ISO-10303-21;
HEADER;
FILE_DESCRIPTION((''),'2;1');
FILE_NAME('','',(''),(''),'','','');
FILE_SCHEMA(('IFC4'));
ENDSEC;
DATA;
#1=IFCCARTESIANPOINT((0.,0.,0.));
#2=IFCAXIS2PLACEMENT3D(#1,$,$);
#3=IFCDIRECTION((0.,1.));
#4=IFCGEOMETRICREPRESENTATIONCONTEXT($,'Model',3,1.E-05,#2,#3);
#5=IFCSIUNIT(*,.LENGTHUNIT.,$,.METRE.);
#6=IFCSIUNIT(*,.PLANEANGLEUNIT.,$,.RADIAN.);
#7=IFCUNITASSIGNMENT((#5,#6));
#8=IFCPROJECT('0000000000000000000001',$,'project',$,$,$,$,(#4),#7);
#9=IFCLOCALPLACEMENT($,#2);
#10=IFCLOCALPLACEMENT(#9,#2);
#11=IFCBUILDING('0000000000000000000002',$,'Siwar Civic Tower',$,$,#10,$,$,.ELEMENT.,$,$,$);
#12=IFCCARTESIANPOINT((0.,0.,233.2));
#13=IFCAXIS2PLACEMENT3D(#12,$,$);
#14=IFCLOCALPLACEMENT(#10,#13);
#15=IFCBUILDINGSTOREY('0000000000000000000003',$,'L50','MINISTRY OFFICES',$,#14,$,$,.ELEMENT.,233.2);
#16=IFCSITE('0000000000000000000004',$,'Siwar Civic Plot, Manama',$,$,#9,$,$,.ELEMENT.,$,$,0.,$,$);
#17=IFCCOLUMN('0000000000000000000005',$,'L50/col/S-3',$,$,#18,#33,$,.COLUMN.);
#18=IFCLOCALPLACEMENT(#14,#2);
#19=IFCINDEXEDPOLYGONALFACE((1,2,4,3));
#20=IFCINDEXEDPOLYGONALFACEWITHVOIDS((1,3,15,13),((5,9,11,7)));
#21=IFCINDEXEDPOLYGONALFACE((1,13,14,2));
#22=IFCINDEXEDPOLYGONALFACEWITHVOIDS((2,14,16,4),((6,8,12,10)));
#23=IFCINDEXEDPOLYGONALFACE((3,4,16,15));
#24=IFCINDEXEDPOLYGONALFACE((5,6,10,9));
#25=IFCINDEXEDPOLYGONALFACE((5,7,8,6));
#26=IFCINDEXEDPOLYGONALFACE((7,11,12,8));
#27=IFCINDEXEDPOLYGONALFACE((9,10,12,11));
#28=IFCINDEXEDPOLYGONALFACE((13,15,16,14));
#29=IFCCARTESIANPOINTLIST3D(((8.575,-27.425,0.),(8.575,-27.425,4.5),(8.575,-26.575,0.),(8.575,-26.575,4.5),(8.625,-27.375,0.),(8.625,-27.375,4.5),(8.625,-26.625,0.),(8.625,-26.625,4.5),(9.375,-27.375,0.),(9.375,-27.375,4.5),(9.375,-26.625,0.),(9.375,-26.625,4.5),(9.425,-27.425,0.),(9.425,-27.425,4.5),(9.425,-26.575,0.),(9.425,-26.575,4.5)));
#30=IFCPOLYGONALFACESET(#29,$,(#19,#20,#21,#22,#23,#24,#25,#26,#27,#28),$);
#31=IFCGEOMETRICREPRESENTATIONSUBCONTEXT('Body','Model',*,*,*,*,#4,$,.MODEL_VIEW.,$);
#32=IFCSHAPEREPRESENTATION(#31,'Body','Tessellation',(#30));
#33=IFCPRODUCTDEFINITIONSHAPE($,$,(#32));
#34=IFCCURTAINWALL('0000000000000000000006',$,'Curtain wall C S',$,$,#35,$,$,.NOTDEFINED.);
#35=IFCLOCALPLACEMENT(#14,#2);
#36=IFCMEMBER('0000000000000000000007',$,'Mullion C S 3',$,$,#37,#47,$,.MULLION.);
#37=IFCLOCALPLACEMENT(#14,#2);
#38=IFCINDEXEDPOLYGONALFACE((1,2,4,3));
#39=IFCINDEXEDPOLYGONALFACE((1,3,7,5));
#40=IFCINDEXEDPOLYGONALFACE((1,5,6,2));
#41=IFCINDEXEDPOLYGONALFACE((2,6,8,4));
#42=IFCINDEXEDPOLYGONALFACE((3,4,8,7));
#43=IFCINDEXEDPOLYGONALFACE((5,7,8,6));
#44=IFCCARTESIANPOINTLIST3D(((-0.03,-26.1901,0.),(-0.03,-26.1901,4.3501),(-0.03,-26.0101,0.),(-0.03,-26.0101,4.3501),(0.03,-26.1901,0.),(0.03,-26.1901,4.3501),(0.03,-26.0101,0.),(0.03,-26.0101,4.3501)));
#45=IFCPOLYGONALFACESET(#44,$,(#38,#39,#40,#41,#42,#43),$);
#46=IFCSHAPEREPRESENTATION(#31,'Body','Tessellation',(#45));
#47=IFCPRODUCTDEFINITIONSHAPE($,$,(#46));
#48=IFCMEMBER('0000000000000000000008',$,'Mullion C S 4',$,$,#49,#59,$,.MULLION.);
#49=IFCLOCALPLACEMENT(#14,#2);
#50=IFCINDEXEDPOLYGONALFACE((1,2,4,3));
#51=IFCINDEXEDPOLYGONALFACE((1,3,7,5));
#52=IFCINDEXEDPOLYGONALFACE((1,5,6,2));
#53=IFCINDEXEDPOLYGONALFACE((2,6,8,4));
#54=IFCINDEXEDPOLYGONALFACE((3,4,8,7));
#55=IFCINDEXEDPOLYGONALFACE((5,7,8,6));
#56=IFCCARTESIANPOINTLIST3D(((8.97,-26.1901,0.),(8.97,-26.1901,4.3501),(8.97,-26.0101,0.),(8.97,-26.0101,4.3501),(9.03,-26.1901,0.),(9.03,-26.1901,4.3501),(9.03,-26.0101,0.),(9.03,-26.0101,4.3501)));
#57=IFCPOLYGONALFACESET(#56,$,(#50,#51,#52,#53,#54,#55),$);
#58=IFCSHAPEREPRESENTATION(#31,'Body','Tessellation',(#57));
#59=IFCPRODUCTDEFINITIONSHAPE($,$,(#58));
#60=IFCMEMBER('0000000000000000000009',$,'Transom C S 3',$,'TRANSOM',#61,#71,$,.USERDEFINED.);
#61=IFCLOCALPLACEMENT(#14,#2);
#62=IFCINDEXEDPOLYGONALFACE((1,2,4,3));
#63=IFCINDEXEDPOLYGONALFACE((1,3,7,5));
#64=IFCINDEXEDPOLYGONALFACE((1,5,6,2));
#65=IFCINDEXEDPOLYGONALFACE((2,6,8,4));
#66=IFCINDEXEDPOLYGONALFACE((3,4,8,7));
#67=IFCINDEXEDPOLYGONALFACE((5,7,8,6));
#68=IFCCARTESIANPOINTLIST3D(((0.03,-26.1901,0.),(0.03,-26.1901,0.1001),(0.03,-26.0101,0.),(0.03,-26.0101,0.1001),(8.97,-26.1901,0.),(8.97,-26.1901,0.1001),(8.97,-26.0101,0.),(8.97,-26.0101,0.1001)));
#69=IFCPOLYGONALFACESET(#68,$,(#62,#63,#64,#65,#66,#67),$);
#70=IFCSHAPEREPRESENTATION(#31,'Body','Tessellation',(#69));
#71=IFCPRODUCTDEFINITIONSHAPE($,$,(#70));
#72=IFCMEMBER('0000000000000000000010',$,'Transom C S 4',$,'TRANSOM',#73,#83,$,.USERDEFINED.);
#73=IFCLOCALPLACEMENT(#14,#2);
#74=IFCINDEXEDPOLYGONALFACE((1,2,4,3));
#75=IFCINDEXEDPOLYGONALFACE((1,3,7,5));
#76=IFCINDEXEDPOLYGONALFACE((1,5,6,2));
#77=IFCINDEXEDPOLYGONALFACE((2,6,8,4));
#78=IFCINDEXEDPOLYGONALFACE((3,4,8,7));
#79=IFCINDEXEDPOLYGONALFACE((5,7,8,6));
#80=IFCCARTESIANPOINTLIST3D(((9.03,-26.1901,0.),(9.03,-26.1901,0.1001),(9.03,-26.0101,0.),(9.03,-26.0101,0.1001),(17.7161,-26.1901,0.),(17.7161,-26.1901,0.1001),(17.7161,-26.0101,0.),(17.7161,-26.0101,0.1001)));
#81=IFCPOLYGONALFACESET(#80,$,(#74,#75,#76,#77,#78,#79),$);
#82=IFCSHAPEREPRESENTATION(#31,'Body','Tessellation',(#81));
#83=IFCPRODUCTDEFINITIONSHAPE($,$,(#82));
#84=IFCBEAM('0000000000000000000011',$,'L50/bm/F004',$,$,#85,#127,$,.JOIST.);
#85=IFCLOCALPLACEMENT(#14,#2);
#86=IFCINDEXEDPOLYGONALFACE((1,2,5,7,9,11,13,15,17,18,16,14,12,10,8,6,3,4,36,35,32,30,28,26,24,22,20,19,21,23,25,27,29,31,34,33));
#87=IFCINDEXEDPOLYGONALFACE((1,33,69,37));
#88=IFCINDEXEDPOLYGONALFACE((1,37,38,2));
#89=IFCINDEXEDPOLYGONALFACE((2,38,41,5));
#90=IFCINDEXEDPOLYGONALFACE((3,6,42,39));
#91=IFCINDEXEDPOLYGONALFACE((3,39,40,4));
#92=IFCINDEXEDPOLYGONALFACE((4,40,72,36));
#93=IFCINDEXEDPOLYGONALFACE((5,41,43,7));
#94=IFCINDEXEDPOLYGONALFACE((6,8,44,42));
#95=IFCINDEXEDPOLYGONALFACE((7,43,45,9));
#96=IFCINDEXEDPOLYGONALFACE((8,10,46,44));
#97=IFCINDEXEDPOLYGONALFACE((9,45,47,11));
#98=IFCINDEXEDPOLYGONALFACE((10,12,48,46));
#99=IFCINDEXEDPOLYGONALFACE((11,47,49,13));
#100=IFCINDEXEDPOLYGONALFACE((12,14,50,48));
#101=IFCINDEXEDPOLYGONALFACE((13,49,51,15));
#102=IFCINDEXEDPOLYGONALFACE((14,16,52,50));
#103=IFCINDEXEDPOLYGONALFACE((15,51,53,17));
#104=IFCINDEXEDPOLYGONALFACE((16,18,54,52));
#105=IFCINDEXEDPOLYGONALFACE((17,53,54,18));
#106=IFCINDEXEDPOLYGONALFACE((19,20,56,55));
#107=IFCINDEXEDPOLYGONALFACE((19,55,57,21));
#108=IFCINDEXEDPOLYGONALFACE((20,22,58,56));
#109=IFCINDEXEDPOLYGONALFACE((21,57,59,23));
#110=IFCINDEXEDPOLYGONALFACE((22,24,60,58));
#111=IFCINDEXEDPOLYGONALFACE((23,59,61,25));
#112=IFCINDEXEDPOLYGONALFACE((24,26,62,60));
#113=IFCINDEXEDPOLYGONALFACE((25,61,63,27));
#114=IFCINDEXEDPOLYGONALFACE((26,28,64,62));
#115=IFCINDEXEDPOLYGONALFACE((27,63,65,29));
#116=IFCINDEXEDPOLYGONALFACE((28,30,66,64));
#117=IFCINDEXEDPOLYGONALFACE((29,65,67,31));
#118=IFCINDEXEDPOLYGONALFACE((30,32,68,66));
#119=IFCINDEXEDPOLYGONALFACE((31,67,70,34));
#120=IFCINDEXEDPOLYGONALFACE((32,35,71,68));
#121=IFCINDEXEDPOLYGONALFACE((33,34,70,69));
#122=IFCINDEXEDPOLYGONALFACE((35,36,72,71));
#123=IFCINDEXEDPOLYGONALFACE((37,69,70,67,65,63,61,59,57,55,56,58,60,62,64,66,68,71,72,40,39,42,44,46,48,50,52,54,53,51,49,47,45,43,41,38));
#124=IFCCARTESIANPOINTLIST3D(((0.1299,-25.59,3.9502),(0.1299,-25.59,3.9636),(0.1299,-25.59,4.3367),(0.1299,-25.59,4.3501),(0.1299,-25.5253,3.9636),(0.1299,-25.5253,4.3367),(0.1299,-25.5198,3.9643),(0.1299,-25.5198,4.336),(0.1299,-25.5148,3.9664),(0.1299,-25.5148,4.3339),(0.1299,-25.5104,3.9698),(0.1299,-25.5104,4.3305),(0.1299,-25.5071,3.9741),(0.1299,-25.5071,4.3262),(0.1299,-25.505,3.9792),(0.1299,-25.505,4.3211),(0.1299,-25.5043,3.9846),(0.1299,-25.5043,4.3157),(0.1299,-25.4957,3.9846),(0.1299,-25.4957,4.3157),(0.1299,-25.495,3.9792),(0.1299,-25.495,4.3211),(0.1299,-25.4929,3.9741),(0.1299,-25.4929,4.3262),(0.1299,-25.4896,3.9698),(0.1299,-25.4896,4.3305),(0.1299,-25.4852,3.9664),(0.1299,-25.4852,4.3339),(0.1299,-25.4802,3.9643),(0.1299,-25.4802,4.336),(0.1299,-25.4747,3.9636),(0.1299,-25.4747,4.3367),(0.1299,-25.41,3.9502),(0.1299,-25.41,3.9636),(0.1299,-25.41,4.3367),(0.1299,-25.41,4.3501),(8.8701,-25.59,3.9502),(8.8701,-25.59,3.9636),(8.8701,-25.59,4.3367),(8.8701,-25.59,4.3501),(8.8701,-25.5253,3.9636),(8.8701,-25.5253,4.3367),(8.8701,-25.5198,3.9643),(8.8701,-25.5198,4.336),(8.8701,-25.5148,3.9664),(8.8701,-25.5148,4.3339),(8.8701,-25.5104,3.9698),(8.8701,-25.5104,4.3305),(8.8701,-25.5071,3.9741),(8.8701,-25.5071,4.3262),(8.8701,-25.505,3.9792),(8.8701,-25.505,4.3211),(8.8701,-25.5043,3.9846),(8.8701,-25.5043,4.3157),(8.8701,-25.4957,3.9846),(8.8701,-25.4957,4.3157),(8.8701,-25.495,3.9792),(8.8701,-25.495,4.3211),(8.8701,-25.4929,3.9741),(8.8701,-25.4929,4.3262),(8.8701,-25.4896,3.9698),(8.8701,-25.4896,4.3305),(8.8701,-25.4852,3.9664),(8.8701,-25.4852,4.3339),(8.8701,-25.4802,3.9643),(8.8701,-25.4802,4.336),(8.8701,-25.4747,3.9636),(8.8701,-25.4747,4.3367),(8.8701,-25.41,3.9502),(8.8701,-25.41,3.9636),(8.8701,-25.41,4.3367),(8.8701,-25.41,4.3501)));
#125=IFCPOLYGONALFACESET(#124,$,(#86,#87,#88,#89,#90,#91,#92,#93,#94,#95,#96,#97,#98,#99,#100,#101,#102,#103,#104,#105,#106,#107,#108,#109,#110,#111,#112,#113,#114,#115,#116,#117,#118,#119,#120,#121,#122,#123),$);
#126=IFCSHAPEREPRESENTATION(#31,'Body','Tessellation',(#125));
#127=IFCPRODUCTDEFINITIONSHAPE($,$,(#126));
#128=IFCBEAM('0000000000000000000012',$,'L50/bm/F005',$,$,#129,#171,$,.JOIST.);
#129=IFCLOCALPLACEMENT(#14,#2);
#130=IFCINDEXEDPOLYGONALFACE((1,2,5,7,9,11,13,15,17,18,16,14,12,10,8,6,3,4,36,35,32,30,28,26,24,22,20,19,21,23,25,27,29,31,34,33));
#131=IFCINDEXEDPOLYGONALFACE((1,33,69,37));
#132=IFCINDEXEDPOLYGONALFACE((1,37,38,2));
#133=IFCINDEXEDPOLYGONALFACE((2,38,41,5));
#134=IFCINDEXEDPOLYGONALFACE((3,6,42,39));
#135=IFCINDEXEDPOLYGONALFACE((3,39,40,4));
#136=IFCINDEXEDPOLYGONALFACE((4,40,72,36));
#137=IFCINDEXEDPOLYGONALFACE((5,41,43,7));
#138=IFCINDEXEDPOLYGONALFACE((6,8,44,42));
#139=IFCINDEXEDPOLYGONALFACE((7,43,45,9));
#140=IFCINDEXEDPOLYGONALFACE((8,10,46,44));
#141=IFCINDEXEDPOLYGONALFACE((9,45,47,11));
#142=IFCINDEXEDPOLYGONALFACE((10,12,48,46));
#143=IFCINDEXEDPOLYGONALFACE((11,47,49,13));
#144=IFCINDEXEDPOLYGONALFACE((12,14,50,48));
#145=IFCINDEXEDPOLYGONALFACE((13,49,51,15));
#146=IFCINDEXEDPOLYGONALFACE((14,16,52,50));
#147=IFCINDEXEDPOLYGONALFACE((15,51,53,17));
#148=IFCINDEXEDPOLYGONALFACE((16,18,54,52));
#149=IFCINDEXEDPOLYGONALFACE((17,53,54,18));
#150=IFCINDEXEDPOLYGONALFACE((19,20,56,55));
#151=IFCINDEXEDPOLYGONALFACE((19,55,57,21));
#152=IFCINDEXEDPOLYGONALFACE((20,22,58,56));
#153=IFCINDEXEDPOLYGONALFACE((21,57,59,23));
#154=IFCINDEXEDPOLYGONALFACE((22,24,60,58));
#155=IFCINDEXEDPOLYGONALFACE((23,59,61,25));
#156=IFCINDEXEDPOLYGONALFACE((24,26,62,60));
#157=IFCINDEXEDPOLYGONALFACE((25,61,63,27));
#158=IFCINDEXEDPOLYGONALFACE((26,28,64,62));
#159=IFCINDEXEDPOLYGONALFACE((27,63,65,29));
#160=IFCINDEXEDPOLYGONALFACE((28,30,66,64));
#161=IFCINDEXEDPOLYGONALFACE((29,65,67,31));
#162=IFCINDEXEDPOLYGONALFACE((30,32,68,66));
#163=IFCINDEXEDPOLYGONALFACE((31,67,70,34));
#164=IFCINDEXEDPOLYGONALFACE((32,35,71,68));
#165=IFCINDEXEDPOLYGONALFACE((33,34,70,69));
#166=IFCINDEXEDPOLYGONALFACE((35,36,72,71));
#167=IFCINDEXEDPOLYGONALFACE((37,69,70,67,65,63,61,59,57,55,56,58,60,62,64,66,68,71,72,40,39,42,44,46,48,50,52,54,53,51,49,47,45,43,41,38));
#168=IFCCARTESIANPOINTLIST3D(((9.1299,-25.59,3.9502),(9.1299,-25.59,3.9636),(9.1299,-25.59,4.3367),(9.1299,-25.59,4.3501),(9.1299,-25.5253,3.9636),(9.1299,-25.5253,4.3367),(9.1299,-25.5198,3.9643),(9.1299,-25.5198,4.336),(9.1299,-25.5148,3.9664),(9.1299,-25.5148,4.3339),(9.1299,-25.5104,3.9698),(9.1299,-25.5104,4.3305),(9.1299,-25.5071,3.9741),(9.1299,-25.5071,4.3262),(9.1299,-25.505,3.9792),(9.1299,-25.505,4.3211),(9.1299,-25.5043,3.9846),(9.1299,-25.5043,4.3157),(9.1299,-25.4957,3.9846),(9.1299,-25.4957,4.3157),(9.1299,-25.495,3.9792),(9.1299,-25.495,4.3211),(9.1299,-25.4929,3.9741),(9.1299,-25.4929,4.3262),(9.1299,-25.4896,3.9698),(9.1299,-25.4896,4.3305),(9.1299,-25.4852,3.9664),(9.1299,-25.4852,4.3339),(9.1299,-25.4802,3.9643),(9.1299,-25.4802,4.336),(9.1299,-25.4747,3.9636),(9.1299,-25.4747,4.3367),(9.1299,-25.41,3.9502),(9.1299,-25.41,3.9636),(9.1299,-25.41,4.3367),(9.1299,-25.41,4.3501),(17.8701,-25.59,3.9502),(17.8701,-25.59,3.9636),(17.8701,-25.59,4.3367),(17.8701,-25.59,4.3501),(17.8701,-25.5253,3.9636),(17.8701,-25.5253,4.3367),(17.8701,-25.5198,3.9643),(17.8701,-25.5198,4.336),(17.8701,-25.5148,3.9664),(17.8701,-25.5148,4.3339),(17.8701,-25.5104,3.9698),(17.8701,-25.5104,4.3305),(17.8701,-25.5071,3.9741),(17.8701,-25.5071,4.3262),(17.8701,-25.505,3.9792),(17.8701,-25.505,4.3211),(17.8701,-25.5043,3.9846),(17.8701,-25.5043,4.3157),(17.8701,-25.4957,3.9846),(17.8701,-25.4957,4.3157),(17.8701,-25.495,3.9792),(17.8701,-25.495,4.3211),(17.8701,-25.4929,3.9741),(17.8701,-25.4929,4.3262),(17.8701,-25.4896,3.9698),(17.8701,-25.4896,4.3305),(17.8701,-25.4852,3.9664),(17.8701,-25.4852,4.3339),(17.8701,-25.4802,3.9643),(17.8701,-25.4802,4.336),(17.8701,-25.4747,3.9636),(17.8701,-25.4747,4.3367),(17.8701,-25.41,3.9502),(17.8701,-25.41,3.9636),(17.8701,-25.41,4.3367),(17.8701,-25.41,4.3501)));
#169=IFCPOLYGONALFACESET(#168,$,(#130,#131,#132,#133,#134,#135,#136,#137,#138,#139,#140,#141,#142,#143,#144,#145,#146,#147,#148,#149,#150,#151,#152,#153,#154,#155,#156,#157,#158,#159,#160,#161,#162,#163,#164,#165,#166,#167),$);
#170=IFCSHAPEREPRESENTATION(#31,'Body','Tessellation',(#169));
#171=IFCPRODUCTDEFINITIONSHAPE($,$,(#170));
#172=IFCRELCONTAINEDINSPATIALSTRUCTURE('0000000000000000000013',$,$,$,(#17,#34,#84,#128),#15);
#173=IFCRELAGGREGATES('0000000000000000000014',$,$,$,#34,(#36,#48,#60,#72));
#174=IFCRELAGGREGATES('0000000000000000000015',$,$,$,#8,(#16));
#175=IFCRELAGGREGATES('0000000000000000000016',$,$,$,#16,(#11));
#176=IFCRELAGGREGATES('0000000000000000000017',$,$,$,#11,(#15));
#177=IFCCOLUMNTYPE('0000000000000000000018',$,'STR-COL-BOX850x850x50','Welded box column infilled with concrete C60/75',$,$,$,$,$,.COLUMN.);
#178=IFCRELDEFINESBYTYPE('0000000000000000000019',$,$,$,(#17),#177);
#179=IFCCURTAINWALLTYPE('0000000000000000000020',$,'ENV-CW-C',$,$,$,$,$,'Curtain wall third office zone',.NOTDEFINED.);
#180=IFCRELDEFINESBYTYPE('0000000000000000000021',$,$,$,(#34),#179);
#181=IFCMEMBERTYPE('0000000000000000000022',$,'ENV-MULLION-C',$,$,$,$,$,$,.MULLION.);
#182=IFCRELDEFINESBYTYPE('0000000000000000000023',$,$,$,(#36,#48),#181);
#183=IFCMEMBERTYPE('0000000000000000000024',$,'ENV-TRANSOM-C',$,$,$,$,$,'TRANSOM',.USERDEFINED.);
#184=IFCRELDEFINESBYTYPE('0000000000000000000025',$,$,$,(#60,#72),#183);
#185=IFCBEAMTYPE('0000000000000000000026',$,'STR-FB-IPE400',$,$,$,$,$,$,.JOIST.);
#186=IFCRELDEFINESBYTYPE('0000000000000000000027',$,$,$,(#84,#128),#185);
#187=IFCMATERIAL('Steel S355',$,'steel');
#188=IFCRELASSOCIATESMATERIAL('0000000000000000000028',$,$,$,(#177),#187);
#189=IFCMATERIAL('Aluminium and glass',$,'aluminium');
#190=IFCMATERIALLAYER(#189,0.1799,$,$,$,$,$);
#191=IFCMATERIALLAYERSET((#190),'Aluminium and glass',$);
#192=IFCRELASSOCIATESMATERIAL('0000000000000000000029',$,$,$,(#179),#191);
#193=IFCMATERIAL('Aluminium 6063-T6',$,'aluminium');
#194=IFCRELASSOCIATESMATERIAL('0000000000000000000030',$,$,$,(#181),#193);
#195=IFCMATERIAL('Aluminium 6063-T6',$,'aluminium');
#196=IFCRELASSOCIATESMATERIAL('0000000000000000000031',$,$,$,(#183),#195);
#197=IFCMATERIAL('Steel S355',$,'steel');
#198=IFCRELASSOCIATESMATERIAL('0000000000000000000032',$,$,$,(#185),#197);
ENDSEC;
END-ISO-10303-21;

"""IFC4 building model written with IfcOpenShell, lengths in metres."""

from ifc_helpers import new_model, si_unit, direction, frame, origin, origin_2d, place, context, subcontext, project, spatial, rectangle, hollow_rectangle, i_section, extrude, material, layer, layer_set, material_profile, profile_set, type_object, element, aggregate, save


model = new_model("IFC4")

# Units and contexts
model_context = context("Model", 3, precision=1e-05, world=origin(), true_north=direction((0.0, 1.0)))
body_context = subcontext(model_context, "Body", "Model", "MODEL_VIEW")
ifc_project = project(units=[si_unit("LENGTHUNIT", "METRE"), si_unit("PLANEANGLEUNIT", "RADIAN")], contexts=[model_context])

# Site, building, storey
site_placement = place(None, origin())
site = spatial("IfcSite", under=ifc_project, at=site_placement, Name="Siwar Civic Plot, Manama", CompositionType="ELEMENT", RefElevation=0.0)
building_placement = place(site_placement, origin())
building = spatial("IfcBuilding", under=site, at=building_placement, Name="Siwar Civic Tower", CompositionType="ELEMENT")
storey_placement = place(building_placement, frame((0.0, 0.0, 233.2)))
storey = spatial("IfcBuildingStorey", under=building, at=storey_placement, Name="L50", Description="MINISTRY OFFICES", CompositionType="ELEMENT", Elevation=233.2)

# Column
ifc_material_1 = material(Name="Steel S355", Category="steel")
ifc_material_profile_1 = material_profile(ifc_material_1, hollow_rectangle(XDim=0.8501, YDim=0.8501, WallThickness=0.05, at=origin_2d()), Name="BOX850x850x50")
ifc_profile_set_1 = profile_set([ifc_material_profile_1], Name="Steel S355")
column_type = type_object("IfcColumnType", Name="STR-COL-BOX850x850x50", Description="Welded box column infilled with concrete C60/75", PredefinedType="COLUMN", material=ifc_profile_set_1)
column_placement = place(storey_placement, frame((9.0, -27.0, 0.0), z_axis=(0.0, 0.0, 1.0), x_axis=(1.0, 0.0, 0.0)))
element("IfcColumn", 1, at=column_placement, inside=storey, type_object=column_type, Name="L50/col/S-3", PredefinedType="COLUMN", context=body_context, shape_type="SweptSolid", body=[
    extrude(hollow_rectangle(XDim=0.8501, YDim=0.8501, WallThickness=0.05, at=origin_2d()), origin(), (0.0, 0.0, 1.0), 4.5),
])

# Curtain wall, members
ifc_material_2 = material(Name="Aluminium and glass", Category="aluminium")
ifc_layer_1 = layer(ifc_material_2, 0.1799)
ifc_layer_set_1 = layer_set([ifc_layer_1], Name="Aluminium and glass")
curtain_wall_type = type_object("IfcCurtainWallType", Name="ENV-CW-C", ElementType="Curtain wall third office zone", PredefinedType="NOTDEFINED", material=ifc_layer_set_1)
curtain_wall_placement = place(storey_placement, origin())
curtain_wall = element("IfcCurtainWall", 2, at=curtain_wall_placement, inside=storey, type_object=curtain_wall_type, Name="Curtain wall C S", PredefinedType="NOTDEFINED")
ifc_material_3 = material(Name="Aluminium 6063-T6", Category="aluminium")
ifc_material_profile_2 = material_profile(ifc_material_3, rectangle(XDim=0.1799, YDim=0.0601, at=origin_2d()), Name="AL 180x60")
ifc_profile_set_2 = profile_set([ifc_material_profile_2], Name="Aluminium 6063-T6")
member_type_1 = type_object("IfcMemberType", Name="ENV-MULLION-C", PredefinedType="MULLION", material=ifc_profile_set_2)
member_1_placement = place(storey_placement, frame((0.0, -26.1001, 0.0), z_axis=(0.0, 0.0, 1.0), x_axis=(0.0, 1.0, 0.0)))
member_1 = element("IfcMember", 3, at=member_1_placement, type_object=member_type_1, Name="Mullion C S 3", PredefinedType="MULLION", context=body_context, shape_type="SweptSolid", body=[
    extrude(rectangle(XDim=0.1799, YDim=0.0601, at=origin_2d()), origin(), (0.0, 0.0, 1.0), 4.3501),
])
member_2_placement = place(storey_placement, frame((9.0, -26.1001, 0.0), z_axis=(0.0, 0.0, 1.0), x_axis=(0.0, 1.0, 0.0)))
member_2 = element("IfcMember", 4, at=member_2_placement, type_object=member_type_1, Name="Mullion C S 4", PredefinedType="MULLION", context=body_context, shape_type="SweptSolid", body=[
    extrude(rectangle(XDim=0.1799, YDim=0.0601, at=origin_2d()), origin(), (0.0, 0.0, 1.0), 4.3501),
])
ifc_material_4 = material(Name="Aluminium 6063-T6", Category="aluminium")
ifc_material_profile_3 = material_profile(ifc_material_4, rectangle(XDim=0.1799, YDim=0.1001, at=origin_2d()), Name="AL 180x100")
ifc_profile_set_3 = profile_set([ifc_material_profile_3], Name="Aluminium 6063-T6")
member_type_2 = type_object("IfcMemberType", Name="ENV-TRANSOM-C", ElementType="TRANSOM", PredefinedType="USERDEFINED", material=ifc_profile_set_3)
member_3_placement = place(storey_placement, frame((0.03, -26.1001, 0.05), z_axis=(1.0, 0.0, 0.0), x_axis=(0.0, 1.0, 0.0)))
member_3 = element("IfcMember", 5, at=member_3_placement, type_object=member_type_2, Name="Transom C S 3", ObjectType="TRANSOM", PredefinedType="USERDEFINED", context=body_context, shape_type="SweptSolid", body=[
    extrude(rectangle(XDim=0.1799, YDim=0.1001, at=origin_2d()), origin(), (0.0, 0.0, 1.0), 8.9399),
])
member_4_placement = place(storey_placement, frame((9.03, -26.1001, 0.05), z_axis=(1.0, 0.0, 0.0), x_axis=(0.0, 1.0, 0.0)))
member_4 = element("IfcMember", 6, at=member_4_placement, type_object=member_type_2, Name="Transom C S 4", ObjectType="TRANSOM", PredefinedType="USERDEFINED", context=body_context, shape_type="SweptSolid", body=[
    extrude(rectangle(XDim=0.1799, YDim=0.1001, at=origin_2d()), origin(), (0.0, 0.0, 1.0), 8.686),
])

# Beams
ifc_material_5 = material(Name="Steel S355", Category="steel")
ifc_material_profile_4 = material_profile(ifc_material_5, i_section(OverallWidth=0.1799, OverallDepth=0.3999, WebThickness=0.0085, FlangeThickness=0.0134, FilletRadius=0.021, at=origin_2d()), Name="IPE400")
ifc_profile_set_4 = profile_set([ifc_material_profile_4], Name="Steel S355")
beam_type_1 = type_object("IfcBeamType", Name="STR-FB-IPE400", PredefinedType="JOIST", material=ifc_profile_set_4)
for number, where, z_axis, x_axis, name in (
    (7, (0.1299, -25.5, 4.1501), (1.0, 0.0, 0.0), (0.0, 1.0, 0.0), "L50/bm/F004"),
    (8, (9.1299, -25.5, 4.1501), (1.0, 0.0, 0.0), (0.0, 1.0, 0.0), "L50/bm/F005"),
):
    element("IfcBeam", number, at=place(storey_placement, frame(where, z_axis=z_axis, x_axis=x_axis)), inside=storey, type_object=beam_type_1, Name=name, PredefinedType="JOIST", context=body_context, shape_type="SweptSolid", body=[
        extrude(i_section(OverallWidth=0.1799, OverallDepth=0.3999, WebThickness=0.0085, FlangeThickness=0.0134, FilletRadius=0.021, at=origin_2d()), origin(), (0.0, 0.0, 1.0), 8.7402),
    ])

aggregate(curtain_wall, [member_1, member_2, member_3, member_4])

save(model, "model.ifc")
